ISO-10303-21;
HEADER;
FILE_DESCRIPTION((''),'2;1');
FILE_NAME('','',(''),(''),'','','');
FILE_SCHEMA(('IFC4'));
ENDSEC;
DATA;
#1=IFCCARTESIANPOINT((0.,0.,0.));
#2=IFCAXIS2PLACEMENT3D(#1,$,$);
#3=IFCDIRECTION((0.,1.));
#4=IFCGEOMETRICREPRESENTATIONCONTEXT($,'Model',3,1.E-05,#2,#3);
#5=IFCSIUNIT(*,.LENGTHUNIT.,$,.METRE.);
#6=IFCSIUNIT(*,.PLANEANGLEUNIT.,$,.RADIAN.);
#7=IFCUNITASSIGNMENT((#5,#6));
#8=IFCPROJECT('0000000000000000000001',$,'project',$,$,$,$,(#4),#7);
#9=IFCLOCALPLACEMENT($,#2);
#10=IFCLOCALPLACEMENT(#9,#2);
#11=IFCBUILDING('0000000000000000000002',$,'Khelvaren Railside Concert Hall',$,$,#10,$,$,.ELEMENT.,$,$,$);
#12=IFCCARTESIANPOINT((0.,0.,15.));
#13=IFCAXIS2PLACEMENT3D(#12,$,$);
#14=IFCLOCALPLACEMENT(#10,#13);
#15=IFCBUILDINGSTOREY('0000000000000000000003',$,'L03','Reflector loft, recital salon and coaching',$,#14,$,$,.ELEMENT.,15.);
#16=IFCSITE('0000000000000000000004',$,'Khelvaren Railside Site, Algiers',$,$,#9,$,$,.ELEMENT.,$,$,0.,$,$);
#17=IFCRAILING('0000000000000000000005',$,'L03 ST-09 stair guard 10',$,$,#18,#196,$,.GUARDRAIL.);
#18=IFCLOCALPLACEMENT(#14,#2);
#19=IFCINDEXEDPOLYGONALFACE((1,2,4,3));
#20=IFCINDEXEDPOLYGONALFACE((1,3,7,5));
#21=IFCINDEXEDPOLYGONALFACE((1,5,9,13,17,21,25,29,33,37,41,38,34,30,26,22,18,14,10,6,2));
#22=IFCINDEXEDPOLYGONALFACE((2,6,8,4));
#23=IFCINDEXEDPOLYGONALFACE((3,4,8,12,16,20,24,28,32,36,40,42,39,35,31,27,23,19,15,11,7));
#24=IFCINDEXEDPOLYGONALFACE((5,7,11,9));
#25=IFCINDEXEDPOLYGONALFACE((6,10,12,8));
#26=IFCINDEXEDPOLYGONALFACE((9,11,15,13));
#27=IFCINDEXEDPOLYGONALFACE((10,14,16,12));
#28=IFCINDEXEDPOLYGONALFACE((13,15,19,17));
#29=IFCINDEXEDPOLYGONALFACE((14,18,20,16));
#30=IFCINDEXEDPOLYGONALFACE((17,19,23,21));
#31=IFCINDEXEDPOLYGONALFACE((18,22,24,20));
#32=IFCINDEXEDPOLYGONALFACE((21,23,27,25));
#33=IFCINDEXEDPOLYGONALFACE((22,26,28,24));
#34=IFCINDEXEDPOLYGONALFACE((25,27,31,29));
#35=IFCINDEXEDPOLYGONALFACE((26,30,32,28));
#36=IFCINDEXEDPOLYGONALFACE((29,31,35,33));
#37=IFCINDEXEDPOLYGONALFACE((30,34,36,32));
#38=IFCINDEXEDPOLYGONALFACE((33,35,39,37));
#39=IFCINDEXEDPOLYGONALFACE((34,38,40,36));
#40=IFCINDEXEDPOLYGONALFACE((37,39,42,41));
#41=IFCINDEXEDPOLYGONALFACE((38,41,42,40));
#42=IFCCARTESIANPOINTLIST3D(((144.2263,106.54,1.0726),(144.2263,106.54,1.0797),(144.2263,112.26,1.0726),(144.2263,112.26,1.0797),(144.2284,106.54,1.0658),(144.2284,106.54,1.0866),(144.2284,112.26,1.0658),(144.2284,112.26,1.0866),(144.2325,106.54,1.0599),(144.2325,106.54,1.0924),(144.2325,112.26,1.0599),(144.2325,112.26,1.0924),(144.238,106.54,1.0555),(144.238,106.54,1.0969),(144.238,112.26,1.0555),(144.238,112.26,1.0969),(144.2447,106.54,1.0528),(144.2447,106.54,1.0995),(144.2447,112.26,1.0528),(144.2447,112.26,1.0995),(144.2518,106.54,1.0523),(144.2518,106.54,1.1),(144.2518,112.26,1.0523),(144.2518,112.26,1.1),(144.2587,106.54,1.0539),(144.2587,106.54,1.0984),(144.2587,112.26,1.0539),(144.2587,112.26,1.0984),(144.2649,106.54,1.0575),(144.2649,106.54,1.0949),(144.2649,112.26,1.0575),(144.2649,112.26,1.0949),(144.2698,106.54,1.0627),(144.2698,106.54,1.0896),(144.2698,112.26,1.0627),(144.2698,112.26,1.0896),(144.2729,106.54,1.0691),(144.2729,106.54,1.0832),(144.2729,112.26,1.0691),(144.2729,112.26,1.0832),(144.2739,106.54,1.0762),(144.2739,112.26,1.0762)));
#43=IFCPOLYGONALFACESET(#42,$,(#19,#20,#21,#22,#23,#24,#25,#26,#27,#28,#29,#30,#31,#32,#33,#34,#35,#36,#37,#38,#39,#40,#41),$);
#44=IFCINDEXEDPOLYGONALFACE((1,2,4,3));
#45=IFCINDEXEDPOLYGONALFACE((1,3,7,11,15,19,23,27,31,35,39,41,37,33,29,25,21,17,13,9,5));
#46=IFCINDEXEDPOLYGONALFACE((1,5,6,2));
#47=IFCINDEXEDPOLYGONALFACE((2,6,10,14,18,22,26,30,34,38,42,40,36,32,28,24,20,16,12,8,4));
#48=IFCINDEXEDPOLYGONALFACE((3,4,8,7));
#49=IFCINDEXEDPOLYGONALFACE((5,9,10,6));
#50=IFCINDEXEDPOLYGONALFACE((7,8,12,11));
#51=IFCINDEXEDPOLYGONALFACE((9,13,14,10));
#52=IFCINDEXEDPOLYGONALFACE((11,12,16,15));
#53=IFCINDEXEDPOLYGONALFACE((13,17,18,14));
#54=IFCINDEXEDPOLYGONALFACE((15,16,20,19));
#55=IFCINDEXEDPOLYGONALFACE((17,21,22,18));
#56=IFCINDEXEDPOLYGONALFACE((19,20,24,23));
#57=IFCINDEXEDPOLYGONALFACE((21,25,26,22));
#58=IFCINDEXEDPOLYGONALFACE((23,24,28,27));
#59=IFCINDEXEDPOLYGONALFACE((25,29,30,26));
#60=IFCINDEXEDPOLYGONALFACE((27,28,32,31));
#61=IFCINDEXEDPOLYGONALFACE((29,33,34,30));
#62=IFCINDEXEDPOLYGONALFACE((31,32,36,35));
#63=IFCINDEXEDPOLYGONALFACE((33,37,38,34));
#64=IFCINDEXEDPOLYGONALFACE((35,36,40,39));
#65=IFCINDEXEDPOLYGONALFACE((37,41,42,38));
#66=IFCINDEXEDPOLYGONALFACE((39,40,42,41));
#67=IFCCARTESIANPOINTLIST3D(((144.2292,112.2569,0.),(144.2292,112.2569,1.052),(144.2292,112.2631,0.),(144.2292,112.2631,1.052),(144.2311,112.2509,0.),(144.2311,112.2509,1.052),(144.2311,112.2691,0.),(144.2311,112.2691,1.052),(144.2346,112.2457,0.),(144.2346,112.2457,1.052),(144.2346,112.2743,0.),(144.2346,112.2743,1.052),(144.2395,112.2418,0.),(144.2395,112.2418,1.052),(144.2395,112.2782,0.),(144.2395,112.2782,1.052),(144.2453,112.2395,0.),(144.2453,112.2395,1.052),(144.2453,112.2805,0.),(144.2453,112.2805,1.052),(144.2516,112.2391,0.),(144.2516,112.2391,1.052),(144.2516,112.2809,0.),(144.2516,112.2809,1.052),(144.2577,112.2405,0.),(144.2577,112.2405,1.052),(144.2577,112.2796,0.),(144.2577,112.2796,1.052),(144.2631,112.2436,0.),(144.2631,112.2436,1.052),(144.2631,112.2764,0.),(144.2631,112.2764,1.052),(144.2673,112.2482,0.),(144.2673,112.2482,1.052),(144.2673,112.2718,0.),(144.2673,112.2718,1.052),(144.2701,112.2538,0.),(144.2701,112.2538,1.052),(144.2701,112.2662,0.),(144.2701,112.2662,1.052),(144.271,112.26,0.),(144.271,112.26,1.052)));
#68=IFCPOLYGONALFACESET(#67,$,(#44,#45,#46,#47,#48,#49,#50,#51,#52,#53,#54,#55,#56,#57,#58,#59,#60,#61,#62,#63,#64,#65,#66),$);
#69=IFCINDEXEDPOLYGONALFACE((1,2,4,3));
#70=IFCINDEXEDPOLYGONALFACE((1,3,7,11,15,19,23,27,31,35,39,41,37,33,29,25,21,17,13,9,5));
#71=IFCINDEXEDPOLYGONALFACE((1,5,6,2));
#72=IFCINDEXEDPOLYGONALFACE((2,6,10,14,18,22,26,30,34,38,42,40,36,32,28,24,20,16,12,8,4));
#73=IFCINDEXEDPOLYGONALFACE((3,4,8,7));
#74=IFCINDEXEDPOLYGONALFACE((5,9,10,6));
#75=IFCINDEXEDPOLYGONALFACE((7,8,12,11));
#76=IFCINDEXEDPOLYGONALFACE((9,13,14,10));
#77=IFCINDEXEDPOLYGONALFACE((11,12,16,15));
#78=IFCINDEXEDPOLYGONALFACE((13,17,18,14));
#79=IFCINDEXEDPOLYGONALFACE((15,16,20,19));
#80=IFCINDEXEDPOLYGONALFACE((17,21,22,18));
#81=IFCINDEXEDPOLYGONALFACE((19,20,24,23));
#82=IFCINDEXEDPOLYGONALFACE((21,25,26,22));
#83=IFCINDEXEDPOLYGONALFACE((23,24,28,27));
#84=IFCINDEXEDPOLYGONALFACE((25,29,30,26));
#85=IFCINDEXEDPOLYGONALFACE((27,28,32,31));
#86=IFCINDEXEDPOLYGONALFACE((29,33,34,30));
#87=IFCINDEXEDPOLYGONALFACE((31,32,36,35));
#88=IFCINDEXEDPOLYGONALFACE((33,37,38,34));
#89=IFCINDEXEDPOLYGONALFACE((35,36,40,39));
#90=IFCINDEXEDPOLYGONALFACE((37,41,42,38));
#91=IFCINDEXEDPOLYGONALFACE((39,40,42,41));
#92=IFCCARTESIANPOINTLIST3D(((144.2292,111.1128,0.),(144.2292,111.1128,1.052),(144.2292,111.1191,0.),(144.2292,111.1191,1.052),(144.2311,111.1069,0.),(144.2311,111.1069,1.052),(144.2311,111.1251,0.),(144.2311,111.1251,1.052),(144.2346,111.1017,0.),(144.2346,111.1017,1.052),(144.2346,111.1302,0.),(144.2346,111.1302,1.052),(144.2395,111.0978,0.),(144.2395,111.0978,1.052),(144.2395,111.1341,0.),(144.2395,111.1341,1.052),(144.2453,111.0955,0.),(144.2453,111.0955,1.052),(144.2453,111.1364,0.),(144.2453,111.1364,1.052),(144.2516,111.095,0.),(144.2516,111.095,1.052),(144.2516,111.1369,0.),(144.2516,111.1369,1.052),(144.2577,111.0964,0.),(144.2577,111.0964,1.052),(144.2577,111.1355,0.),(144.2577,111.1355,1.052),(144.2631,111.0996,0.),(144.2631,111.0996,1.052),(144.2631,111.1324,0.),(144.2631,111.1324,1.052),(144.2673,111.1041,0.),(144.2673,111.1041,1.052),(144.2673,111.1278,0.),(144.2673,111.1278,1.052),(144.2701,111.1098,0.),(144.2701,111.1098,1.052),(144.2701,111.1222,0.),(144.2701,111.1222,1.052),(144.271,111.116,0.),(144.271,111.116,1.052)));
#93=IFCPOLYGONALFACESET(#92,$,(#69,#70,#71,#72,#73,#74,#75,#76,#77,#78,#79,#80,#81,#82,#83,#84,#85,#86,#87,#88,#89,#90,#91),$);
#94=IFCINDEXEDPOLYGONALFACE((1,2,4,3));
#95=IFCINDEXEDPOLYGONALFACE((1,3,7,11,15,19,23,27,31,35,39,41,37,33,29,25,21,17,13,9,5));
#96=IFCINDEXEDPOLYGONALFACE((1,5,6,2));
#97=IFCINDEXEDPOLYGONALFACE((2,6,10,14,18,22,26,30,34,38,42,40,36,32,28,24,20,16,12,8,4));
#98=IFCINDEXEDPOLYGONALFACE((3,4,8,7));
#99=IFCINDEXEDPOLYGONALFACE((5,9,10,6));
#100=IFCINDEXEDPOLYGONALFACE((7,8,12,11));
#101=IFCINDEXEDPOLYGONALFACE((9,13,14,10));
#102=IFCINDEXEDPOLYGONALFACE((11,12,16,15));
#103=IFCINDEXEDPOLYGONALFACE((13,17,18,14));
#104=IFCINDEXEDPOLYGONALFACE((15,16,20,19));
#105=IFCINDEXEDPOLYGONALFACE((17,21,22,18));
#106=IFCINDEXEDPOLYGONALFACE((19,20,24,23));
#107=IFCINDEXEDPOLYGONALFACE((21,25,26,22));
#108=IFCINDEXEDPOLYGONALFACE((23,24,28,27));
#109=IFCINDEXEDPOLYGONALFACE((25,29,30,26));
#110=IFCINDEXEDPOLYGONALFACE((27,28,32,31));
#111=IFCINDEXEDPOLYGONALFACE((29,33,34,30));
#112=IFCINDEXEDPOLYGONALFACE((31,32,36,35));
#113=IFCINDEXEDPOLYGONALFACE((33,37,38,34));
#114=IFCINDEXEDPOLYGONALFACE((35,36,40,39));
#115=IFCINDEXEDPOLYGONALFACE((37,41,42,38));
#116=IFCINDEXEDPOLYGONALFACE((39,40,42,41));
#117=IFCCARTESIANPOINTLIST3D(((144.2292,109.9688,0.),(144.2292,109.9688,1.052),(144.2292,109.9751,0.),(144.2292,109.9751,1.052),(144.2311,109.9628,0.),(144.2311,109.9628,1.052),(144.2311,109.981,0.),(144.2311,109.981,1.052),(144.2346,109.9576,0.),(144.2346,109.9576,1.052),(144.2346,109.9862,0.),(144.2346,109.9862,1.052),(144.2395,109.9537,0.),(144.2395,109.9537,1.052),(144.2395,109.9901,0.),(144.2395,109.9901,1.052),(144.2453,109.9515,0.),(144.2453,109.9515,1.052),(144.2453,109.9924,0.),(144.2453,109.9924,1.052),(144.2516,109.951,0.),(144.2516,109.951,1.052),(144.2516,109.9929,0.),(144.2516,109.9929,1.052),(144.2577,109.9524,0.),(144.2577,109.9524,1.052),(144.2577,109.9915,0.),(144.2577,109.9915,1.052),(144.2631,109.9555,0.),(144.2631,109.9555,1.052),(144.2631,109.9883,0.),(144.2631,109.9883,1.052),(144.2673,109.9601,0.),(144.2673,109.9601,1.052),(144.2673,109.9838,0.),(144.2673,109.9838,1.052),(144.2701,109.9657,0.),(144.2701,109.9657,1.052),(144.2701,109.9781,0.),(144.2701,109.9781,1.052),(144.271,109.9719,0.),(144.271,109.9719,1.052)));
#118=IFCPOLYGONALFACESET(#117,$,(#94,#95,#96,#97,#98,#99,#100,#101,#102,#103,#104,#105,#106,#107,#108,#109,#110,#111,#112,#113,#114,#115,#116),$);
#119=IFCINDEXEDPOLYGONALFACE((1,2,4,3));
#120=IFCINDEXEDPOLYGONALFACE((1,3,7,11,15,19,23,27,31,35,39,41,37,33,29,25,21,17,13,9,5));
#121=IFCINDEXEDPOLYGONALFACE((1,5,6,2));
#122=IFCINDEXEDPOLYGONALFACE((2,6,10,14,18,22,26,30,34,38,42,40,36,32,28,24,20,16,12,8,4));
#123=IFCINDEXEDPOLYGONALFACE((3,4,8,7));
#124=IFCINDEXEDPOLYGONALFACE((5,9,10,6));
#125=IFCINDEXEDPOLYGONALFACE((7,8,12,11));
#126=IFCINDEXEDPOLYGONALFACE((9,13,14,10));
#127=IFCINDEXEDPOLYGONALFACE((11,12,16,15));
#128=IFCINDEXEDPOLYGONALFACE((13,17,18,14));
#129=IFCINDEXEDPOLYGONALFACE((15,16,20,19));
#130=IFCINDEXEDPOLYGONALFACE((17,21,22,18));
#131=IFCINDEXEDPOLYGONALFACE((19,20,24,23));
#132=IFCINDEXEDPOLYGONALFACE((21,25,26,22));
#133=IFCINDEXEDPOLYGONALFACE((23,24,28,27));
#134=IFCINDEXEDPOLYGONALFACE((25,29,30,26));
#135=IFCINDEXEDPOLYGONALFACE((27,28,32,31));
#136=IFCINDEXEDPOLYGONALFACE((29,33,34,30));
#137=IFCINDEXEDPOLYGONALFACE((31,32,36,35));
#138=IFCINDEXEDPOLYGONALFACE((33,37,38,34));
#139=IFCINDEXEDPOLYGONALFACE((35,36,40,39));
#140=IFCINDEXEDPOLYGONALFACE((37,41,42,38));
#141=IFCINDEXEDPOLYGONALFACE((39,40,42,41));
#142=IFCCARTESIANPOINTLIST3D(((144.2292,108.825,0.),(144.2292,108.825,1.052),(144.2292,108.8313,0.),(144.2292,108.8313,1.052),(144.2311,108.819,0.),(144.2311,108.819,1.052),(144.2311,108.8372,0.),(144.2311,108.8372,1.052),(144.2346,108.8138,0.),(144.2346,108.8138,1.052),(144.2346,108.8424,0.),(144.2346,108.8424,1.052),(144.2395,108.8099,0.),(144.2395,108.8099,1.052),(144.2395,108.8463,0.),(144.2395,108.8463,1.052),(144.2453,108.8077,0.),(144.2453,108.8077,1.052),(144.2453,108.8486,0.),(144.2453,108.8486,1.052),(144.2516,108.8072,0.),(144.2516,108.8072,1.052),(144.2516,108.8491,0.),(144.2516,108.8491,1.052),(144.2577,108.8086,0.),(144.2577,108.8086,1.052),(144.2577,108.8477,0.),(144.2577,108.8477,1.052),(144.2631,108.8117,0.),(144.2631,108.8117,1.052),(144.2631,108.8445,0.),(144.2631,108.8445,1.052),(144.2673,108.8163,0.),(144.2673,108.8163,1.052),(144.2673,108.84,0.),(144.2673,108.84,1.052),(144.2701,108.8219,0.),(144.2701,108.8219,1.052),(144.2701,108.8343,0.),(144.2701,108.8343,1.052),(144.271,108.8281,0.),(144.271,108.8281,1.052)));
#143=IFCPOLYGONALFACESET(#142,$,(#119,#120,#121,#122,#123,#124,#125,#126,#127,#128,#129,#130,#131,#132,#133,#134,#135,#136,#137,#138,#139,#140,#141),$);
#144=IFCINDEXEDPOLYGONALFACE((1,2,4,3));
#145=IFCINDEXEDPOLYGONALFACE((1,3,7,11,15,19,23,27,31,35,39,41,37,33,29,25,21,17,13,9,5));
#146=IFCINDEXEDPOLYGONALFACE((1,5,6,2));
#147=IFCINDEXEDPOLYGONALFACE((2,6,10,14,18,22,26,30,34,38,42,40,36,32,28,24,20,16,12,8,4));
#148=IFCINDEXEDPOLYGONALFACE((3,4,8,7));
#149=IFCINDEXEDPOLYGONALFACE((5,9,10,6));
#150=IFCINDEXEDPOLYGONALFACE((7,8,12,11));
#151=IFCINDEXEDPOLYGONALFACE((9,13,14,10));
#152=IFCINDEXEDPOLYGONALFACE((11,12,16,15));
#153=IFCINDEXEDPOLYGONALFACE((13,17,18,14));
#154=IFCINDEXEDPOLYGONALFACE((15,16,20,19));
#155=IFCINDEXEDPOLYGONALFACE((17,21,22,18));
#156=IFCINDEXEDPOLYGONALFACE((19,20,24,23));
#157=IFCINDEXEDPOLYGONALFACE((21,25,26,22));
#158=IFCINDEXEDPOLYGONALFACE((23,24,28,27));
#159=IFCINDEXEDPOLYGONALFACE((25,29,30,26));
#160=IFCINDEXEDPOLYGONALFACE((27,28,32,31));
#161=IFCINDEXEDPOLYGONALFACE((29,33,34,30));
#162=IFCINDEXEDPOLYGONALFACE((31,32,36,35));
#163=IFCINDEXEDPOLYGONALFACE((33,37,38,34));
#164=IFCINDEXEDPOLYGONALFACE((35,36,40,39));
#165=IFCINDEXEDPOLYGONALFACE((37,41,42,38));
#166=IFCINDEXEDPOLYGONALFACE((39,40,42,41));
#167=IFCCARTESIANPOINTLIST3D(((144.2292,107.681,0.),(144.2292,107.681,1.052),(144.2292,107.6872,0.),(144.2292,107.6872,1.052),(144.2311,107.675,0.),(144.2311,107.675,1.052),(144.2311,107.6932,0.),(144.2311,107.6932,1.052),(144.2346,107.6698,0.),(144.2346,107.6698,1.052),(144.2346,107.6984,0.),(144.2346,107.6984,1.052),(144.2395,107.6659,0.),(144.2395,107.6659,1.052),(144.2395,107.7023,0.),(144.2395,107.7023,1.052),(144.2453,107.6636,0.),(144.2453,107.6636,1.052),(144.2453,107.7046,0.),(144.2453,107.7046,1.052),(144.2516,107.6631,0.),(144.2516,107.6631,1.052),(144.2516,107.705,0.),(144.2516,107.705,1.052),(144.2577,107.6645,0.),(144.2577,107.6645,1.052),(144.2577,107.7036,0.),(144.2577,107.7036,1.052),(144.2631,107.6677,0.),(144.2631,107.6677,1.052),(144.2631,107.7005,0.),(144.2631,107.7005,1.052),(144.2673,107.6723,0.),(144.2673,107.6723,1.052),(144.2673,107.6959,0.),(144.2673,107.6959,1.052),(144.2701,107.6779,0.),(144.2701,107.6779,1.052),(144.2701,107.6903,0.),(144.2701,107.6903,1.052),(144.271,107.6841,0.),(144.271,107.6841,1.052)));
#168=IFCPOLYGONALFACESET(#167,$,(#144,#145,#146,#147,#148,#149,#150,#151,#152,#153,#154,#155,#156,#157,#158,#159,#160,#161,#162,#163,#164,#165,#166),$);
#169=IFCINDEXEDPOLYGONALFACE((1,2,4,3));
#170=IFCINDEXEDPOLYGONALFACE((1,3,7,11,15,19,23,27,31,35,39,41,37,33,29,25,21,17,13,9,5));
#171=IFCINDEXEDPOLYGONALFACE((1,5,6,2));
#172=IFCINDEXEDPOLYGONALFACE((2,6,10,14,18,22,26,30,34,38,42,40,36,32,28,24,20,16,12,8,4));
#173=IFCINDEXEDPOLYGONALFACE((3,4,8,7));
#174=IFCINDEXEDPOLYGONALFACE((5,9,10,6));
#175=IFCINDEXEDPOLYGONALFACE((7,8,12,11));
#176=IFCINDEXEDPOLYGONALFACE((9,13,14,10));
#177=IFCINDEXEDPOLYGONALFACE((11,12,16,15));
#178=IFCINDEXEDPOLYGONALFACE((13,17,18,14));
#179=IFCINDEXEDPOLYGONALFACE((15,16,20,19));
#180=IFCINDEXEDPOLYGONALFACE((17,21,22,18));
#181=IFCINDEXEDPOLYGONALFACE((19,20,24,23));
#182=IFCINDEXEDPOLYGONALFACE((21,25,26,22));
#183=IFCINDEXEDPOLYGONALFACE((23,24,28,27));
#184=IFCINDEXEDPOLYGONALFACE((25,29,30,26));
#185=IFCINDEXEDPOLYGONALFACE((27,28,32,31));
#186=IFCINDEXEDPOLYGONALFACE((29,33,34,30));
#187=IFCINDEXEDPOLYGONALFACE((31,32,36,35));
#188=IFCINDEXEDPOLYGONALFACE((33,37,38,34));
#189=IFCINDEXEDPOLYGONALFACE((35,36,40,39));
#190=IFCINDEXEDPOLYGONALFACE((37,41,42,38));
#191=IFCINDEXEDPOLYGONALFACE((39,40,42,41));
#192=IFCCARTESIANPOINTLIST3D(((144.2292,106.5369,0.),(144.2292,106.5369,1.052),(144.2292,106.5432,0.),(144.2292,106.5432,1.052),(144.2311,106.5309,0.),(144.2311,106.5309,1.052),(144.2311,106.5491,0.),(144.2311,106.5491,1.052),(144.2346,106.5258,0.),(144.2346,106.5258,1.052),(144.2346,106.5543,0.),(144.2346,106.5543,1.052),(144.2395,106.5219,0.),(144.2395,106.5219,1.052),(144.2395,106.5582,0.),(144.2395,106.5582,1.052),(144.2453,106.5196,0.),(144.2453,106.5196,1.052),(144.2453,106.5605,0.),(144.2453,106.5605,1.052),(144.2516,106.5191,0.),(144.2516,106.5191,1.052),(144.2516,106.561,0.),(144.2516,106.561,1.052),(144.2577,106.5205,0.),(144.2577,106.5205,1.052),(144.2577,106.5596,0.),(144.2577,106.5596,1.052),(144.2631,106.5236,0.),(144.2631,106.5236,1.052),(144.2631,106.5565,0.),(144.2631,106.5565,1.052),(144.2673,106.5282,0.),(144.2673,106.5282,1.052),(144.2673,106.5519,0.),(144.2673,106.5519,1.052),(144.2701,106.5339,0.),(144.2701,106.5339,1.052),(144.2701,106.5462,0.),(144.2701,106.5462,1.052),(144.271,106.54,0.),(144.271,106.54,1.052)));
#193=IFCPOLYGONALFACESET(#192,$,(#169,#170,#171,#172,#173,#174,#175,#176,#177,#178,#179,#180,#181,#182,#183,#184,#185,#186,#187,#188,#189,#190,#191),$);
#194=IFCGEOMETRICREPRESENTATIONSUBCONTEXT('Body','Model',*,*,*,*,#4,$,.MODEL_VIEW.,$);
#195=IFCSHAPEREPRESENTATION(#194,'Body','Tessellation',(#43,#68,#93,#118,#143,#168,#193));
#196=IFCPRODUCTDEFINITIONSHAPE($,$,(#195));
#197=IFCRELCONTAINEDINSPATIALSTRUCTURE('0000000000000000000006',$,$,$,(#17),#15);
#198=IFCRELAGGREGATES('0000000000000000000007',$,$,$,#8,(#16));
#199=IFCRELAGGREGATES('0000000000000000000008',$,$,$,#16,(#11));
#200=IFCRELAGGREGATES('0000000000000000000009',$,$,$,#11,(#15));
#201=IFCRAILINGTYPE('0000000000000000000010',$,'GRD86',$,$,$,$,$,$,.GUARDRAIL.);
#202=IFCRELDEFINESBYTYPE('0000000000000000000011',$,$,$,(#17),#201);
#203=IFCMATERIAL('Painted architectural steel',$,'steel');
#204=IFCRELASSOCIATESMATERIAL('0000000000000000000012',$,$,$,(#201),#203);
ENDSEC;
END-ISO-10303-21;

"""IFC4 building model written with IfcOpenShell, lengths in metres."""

from ifc_helpers import new_model, si_unit, direction, frame, origin, origin_2d, place, context, subcontext, project, spatial, circle, extrude, material, type_object, element, save


model = new_model("IFC4")

# Units and contexts
model_context = context("Model", 3, precision=1e-05, world=origin(), true_north=direction((0.0, 1.0)))
body_context = subcontext(model_context, "Body", "Model", "MODEL_VIEW")
ifc_project = project(units=[si_unit("LENGTHUNIT", "METRE"), si_unit("PLANEANGLEUNIT", "RADIAN")], contexts=[model_context])

# Site, building, storey
site_placement = place(None, origin())
site = spatial("IfcSite", under=ifc_project, at=site_placement, Name="Khelvaren Railside Site, Algiers", CompositionType="ELEMENT", RefElevation=0.0)
building_placement = place(site_placement, origin())
building = spatial("IfcBuilding", under=site, at=building_placement, Name="Khelvaren Railside Concert Hall", CompositionType="ELEMENT")
storey_placement = place(building_placement, frame((0.0, 0.0, 15.0)))
storey = spatial("IfcBuildingStorey", under=building, at=storey_placement, Name="L03", Description="Reflector loft, recital salon and coaching", CompositionType="ELEMENT", Elevation=15.0)

# Railing
ifc_material_1 = material(Name="Painted architectural steel", Category="steel")
railing_type_1 = type_object("IfcRailingType", Name="GRD86", PredefinedType="GUARDRAIL", material=ifc_material_1)
for number, where, name in (
    (1, (144.25, 112.26, 0.0), "L03 ST-09 stair guard 10"),
):
    element("IfcRailing", number, at=place(storey_placement, frame(where)), inside=storey, type_object=railing_type_1, Name=name, PredefinedType="GUARDRAIL", context=body_context, shape_type="SweptSolid", body=[
        extrude(circle(Radius=0.0239, at=origin_2d()), frame((0.0, 0.0, 1.0762), z_axis=(0.0, -1.0, 0.0), x_axis=(1.0, 0.0, 0.0)), (0.0, 0.0, 1.0), 5.72),
        extrude(circle(Radius=0.021, at=origin_2d()), origin(), (0.0, 0.0, 1.0), 1.052),
        extrude(circle(Radius=0.021, at=origin_2d()), frame((0.0, -1.144, 0.0)), (0.0, 0.0, 1.0), 1.052),
        extrude(circle(Radius=0.021, at=origin_2d()), frame((0.0, -2.2881, 0.0)), (0.0, 0.0, 1.0), 1.052),
        extrude(circle(Radius=0.021, at=origin_2d()), frame((0.0, -3.4319, 0.0)), (0.0, 0.0, 1.0), 1.052),
        extrude(circle(Radius=0.021, at=origin_2d()), frame((0.0, -4.5759, 0.0)), (0.0, 0.0, 1.0), 1.052),
        extrude(circle(Radius=0.021, at=origin_2d()), frame((0.0, -5.72, 0.0)), (0.0, 0.0, 1.0), 1.052),
    ])

save(model, "model.ifc")
